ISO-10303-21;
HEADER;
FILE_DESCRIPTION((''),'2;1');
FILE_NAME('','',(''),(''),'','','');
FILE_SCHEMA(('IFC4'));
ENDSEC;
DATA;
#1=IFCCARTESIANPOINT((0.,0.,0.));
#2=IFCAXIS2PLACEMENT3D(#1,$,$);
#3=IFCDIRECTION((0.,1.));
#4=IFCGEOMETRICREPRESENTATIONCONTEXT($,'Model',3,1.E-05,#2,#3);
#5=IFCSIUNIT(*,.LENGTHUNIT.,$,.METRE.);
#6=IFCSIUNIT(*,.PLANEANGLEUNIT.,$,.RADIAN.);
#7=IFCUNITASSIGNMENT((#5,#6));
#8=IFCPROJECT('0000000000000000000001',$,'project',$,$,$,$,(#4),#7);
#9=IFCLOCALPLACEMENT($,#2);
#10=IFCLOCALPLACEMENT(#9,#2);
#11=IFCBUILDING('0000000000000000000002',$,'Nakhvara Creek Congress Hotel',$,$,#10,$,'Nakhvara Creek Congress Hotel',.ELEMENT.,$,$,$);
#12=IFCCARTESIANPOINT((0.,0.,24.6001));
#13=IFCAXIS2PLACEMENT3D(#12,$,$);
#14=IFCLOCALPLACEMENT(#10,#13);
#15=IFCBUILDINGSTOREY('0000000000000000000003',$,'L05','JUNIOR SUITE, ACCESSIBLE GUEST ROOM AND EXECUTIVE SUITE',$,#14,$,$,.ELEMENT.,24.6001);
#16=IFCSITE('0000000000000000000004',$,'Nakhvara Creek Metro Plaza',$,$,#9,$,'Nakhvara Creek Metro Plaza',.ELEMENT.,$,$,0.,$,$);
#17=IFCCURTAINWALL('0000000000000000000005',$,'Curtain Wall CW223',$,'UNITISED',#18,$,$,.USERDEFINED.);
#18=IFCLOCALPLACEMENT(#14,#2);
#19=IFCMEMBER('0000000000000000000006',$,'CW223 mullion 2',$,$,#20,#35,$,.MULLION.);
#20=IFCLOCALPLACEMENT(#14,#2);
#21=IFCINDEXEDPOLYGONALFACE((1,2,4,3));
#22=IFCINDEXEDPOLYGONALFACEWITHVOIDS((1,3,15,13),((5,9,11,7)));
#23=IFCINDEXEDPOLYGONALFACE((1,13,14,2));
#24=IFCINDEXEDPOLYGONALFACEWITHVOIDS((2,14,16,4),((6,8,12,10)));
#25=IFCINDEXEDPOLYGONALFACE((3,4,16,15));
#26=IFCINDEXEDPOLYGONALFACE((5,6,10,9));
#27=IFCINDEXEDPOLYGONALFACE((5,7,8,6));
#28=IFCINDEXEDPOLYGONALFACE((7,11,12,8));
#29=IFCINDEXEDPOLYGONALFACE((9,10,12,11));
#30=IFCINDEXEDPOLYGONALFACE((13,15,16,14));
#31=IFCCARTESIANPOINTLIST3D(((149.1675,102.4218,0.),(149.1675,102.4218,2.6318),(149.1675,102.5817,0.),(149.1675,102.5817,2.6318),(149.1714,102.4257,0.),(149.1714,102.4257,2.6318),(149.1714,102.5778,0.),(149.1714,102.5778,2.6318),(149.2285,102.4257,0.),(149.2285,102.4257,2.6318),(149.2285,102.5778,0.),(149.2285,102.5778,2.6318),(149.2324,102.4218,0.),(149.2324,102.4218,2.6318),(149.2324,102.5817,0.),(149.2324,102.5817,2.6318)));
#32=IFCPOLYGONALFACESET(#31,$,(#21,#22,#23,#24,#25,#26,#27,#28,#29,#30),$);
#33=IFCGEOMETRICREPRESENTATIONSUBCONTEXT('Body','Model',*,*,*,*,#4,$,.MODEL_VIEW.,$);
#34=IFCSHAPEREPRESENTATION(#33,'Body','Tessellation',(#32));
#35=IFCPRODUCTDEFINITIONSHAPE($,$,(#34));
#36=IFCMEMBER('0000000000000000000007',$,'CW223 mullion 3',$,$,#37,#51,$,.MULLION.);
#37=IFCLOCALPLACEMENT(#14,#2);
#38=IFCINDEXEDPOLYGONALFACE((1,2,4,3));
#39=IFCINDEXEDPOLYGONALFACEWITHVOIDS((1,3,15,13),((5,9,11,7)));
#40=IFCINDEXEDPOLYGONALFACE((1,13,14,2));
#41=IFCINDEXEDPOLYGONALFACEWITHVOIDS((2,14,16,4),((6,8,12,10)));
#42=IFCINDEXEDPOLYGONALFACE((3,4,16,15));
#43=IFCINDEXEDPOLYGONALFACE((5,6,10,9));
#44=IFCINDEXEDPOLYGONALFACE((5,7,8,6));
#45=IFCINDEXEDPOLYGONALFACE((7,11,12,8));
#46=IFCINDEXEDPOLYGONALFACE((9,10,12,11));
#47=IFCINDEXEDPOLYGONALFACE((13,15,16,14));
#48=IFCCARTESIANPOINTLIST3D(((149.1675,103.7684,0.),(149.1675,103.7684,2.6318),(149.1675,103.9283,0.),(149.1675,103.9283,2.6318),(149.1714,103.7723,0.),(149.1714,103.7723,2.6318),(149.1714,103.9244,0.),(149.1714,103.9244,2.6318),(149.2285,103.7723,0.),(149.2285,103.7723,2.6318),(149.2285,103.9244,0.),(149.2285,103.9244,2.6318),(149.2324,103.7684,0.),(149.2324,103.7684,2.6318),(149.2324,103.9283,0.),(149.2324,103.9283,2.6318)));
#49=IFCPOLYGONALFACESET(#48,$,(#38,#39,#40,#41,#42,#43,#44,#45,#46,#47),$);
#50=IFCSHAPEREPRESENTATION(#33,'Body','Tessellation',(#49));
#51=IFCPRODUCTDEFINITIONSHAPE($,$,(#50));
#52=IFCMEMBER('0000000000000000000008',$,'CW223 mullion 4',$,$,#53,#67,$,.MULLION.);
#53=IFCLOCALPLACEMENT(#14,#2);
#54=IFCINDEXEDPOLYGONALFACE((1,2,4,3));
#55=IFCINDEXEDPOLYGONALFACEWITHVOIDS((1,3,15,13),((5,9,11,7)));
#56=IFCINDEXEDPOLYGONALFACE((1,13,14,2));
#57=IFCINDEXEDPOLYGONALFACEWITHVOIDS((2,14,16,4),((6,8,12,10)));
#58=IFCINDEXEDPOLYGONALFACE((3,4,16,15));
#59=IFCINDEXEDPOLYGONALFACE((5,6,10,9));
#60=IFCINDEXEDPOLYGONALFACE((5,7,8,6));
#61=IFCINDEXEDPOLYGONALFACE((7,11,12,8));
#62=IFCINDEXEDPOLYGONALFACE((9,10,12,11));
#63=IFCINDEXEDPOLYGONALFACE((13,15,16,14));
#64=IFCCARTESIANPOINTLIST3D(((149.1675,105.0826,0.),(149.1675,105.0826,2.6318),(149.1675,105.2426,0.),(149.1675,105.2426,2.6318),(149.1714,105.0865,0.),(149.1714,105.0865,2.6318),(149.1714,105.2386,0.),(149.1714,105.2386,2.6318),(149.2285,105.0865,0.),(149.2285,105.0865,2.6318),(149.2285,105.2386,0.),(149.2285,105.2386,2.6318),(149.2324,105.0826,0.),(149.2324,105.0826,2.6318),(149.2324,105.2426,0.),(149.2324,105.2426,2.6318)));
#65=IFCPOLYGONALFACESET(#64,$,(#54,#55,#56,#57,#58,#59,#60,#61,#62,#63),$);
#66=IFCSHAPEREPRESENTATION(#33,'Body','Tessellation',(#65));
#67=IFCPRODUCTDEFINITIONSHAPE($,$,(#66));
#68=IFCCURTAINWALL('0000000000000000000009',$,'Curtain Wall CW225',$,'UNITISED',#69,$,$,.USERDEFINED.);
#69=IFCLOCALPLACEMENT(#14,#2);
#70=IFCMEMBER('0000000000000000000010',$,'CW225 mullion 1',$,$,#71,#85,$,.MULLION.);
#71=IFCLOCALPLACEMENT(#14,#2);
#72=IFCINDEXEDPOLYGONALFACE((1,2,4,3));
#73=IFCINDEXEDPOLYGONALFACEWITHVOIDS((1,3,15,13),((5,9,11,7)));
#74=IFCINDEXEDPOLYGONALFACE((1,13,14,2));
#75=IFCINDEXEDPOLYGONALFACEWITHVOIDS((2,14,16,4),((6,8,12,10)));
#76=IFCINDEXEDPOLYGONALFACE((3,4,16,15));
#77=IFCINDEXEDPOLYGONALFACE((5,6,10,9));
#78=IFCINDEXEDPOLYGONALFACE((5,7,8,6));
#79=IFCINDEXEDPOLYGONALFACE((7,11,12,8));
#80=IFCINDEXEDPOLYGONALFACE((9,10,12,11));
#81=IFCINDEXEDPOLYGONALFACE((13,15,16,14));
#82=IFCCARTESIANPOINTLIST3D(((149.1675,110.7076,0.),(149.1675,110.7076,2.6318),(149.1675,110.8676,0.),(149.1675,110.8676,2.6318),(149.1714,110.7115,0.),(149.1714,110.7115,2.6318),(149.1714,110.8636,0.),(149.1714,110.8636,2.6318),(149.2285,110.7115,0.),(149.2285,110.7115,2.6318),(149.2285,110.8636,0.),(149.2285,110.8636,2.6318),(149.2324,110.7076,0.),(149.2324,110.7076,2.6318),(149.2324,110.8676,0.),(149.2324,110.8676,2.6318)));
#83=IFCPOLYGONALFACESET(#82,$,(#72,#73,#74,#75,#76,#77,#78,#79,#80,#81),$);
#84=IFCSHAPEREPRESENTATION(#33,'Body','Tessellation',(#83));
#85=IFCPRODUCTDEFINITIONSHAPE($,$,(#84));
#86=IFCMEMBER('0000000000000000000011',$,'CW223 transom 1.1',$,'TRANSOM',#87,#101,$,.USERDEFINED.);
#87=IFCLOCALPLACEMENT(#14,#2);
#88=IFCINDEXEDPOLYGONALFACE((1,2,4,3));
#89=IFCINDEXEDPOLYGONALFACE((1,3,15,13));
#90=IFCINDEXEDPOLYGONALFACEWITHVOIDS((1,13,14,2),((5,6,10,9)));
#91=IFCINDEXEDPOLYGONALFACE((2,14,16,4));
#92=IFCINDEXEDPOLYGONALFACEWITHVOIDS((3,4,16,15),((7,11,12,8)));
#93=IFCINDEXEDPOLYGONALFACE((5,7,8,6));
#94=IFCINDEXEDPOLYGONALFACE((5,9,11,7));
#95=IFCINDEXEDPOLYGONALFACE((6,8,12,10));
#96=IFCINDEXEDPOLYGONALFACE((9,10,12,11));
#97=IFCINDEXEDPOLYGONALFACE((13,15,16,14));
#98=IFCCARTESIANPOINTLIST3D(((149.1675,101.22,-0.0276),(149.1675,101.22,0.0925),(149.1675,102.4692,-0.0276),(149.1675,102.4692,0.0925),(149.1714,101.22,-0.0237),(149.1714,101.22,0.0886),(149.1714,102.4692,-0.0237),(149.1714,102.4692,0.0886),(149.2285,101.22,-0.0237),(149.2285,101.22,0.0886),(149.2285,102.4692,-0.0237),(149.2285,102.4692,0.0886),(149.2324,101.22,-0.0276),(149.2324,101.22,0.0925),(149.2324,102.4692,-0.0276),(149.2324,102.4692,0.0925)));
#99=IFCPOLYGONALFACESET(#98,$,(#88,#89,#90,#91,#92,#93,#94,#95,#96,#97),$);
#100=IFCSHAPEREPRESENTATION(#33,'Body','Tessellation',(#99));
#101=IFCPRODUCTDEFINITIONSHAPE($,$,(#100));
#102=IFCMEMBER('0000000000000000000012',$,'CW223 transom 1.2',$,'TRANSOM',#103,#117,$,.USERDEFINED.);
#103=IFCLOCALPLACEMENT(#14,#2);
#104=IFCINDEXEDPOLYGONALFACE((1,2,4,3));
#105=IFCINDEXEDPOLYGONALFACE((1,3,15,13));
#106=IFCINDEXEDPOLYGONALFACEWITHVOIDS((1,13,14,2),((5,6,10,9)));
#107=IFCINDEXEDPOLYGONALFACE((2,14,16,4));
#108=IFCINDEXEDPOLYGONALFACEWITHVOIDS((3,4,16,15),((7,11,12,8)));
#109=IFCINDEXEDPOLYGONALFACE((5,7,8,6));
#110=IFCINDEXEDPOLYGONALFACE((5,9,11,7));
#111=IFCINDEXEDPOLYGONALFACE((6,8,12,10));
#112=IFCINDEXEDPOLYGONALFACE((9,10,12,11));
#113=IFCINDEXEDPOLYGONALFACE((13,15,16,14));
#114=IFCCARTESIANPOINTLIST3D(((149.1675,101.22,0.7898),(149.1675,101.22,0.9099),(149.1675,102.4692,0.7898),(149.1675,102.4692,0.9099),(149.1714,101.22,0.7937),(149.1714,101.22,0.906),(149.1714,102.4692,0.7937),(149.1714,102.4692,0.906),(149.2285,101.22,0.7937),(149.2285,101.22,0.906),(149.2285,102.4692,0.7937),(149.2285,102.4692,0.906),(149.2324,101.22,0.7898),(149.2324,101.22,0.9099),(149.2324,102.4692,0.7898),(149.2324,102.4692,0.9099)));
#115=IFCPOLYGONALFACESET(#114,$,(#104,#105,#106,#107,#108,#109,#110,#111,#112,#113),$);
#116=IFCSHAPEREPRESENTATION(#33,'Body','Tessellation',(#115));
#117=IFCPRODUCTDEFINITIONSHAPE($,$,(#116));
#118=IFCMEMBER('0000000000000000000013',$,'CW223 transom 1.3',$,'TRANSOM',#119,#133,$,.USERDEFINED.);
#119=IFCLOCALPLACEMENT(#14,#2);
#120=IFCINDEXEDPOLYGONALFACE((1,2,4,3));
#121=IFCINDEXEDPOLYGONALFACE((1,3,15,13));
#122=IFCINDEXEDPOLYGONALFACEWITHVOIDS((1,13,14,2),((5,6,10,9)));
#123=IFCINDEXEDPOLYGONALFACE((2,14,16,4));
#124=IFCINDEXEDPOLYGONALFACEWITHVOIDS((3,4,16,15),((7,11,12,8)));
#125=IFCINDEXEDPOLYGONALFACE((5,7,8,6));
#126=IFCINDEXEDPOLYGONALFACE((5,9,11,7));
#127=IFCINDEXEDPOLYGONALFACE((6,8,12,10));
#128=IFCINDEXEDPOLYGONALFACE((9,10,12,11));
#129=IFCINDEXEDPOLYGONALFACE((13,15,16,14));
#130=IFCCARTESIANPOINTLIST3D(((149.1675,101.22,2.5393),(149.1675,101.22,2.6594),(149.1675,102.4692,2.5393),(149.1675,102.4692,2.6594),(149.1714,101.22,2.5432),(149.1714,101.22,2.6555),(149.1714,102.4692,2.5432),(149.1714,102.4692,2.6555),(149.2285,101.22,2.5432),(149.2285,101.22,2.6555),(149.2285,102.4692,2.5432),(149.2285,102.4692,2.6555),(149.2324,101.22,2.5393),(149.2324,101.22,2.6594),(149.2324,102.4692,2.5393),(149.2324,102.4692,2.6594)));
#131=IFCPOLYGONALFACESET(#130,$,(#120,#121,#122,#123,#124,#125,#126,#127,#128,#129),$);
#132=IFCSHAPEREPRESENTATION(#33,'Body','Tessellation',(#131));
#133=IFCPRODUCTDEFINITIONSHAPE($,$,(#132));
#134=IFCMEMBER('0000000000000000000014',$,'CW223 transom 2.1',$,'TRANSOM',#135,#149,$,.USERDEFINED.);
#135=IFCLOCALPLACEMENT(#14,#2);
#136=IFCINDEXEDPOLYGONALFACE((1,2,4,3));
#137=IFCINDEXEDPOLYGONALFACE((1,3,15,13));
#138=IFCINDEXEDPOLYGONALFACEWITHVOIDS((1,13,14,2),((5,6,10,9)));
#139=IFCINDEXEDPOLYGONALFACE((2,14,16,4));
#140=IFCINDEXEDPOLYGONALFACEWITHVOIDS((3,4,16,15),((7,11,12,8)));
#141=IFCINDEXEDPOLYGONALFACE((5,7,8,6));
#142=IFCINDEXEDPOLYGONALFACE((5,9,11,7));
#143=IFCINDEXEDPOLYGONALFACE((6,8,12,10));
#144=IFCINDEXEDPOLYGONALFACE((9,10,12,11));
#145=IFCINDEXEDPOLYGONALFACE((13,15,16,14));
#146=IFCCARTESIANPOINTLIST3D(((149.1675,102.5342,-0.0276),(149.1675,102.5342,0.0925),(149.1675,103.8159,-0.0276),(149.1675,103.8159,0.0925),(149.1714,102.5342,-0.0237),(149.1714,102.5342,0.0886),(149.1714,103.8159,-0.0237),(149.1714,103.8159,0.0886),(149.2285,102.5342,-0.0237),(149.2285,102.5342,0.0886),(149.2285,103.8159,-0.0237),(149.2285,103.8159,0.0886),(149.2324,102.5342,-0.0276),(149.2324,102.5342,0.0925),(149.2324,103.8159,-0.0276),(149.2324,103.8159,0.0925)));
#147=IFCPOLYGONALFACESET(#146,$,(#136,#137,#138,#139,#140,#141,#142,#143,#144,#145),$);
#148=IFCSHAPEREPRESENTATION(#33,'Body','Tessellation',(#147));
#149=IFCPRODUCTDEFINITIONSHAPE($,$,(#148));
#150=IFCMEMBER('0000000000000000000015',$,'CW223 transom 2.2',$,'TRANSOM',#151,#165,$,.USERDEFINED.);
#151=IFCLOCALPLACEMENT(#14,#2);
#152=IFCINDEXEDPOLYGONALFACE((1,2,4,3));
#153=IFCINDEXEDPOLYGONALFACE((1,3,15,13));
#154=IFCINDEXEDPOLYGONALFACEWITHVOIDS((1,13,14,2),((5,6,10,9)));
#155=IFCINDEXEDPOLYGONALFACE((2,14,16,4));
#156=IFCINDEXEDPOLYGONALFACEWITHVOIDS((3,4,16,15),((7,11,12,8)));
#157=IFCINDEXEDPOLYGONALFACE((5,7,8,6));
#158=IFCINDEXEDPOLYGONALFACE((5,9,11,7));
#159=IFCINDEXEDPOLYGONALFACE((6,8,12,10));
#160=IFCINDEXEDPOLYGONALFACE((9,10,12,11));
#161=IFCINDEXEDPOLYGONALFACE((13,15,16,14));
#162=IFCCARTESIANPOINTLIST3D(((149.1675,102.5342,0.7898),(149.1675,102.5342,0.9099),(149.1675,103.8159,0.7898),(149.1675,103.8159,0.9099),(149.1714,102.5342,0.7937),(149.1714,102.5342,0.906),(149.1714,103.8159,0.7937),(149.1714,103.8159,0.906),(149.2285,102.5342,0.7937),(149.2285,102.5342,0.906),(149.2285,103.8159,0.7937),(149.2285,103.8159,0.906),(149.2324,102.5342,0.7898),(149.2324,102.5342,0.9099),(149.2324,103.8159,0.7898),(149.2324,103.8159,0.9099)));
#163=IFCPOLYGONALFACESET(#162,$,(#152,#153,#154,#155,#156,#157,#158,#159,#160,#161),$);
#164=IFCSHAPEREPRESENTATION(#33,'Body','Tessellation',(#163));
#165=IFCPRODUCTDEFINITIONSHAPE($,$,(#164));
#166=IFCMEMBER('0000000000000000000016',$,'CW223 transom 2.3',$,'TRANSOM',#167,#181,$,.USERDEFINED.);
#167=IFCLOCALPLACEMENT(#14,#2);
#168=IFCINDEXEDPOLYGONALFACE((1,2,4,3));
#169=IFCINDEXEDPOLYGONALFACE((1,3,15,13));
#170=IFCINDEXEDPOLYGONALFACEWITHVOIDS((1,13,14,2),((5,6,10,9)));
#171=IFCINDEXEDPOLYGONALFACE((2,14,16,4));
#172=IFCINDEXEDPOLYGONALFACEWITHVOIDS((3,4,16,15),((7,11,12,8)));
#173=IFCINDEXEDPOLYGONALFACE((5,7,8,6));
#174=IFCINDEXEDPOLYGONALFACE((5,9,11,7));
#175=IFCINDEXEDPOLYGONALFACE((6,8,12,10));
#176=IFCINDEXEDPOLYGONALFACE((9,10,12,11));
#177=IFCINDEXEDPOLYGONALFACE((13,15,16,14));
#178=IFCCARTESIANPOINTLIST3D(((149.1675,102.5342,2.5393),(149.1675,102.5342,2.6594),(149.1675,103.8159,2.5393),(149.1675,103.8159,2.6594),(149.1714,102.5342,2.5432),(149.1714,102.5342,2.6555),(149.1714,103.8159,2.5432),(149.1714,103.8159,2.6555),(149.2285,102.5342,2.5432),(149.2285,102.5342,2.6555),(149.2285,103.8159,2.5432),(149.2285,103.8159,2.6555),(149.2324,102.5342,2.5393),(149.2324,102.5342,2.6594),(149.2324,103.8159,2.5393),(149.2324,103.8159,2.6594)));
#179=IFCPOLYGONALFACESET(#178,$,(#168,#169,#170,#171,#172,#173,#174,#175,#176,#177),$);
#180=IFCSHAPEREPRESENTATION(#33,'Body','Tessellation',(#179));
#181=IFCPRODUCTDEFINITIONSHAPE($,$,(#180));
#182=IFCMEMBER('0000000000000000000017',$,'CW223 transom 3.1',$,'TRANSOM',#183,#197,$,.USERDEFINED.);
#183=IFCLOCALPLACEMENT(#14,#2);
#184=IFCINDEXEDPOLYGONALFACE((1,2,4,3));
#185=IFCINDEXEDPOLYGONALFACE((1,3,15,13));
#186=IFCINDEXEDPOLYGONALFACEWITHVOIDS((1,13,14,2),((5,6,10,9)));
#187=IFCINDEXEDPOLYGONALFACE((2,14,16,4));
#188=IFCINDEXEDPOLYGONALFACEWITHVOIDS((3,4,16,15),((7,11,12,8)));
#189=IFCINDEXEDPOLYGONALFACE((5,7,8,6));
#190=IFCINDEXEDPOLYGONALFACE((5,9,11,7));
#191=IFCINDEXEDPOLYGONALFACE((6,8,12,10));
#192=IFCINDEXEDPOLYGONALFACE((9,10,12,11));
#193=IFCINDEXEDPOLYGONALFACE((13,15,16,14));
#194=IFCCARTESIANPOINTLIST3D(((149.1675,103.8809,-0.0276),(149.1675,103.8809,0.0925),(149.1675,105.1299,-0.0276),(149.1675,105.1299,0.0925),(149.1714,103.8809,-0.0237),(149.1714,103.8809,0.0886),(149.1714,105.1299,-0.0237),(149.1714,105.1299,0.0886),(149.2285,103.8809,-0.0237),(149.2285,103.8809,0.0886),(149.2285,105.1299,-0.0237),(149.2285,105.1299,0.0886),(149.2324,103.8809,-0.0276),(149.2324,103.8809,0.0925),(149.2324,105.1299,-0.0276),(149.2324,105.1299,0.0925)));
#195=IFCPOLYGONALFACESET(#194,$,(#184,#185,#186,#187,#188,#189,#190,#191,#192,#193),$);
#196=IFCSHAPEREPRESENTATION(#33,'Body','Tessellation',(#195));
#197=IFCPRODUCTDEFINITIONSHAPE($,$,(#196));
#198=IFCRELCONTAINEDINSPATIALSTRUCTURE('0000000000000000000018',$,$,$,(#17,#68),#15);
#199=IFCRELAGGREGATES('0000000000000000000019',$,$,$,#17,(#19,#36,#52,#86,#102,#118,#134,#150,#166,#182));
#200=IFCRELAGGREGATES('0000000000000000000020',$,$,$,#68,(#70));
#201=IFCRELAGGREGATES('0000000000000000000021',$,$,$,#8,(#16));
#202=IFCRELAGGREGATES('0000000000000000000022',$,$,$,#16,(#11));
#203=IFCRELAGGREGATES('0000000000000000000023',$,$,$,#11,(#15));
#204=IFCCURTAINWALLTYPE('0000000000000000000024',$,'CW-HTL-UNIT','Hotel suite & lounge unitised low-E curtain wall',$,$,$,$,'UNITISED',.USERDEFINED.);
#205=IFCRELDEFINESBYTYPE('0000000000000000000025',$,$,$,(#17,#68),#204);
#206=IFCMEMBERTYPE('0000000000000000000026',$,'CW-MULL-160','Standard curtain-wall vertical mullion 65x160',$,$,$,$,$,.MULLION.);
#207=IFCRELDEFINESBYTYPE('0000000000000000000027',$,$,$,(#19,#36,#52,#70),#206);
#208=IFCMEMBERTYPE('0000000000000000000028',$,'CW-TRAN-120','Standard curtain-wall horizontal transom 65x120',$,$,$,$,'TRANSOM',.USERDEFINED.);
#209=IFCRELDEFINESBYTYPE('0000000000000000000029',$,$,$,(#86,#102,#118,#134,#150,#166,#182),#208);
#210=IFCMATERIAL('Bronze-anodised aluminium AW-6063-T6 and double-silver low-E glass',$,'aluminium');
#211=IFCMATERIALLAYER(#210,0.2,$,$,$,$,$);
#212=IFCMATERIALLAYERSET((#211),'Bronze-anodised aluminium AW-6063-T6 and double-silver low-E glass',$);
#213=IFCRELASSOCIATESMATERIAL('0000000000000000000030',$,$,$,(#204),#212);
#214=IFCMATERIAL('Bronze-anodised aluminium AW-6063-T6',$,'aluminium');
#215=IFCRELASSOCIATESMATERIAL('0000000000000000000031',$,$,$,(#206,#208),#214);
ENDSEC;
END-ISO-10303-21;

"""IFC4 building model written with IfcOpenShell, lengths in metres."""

from ifc_helpers import new_model, si_unit, direction, frame, origin, origin_2d, place, context, subcontext, project, spatial, hollow_rectangle, extrude, material, layer, layer_set, material_profile, profile_set, type_object, element, aggregate, save


model = new_model("IFC4")

# Units and contexts
model_context = context("Model", 3, precision=1e-05, world=origin(), true_north=direction((0.0, 1.0)))
body_context = subcontext(model_context, "Body", "Model", "MODEL_VIEW")
ifc_project = project(units=[si_unit("LENGTHUNIT", "METRE"), si_unit("PLANEANGLEUNIT", "RADIAN")], contexts=[model_context])

# Site, building, storey
site_placement = place(None, origin())
site = spatial("IfcSite", under=ifc_project, at=site_placement, Name="Nakhvara Creek Metro Plaza", LongName="Nakhvara Creek Metro Plaza", CompositionType="ELEMENT", RefElevation=0.0)
building_placement = place(site_placement, origin())
building = spatial("IfcBuilding", under=site, at=building_placement, Name="Nakhvara Creek Congress Hotel", LongName="Nakhvara Creek Congress Hotel", CompositionType="ELEMENT")
storey_placement = place(building_placement, frame((0.0, 0.0, 24.6001)))
storey = spatial("IfcBuildingStorey", under=building, at=storey_placement, Name="L05", Description="JUNIOR SUITE, ACCESSIBLE GUEST ROOM AND EXECUTIVE SUITE", CompositionType="ELEMENT", Elevation=24.6001)

# Curtain wall, members
ifc_material_1 = material(Name="Bronze-anodised aluminium AW-6063-T6 and double-silver low-E glass", Category="aluminium")
ifc_layer_1 = layer(ifc_material_1, 0.2)
ifc_layer_set_1 = layer_set([ifc_layer_1], Name="Bronze-anodised aluminium AW-6063-T6 and double-silver low-E glass")
curtain_wall_type = type_object("IfcCurtainWallType", Name="CW-HTL-UNIT", Description="Hotel suite & lounge unitised low-E curtain wall", ElementType="UNITISED", PredefinedType="USERDEFINED", material=ifc_layer_set_1)
curtain_wall_1_placement = place(storey_placement, origin())
curtain_wall_1 = element("IfcCurtainWall", 1, at=curtain_wall_1_placement, inside=storey, type_object=curtain_wall_type, Name="Curtain Wall CW223", ObjectType="UNITISED", PredefinedType="USERDEFINED")
ifc_material_2 = material(Name="Bronze-anodised aluminium AW-6063-T6", Category="aluminium")
ifc_material_profile_1 = material_profile(ifc_material_2, hollow_rectangle(XDim=0.0649, YDim=0.1599, WallThickness=0.0039, at=origin_2d()), Name="ALU-MULL 65x160x4", Category="LoadBearing")
ifc_profile_set_1 = profile_set([ifc_material_profile_1], Name="Bronze-anodised aluminium AW-6063-T6")
member_type_1 = type_object("IfcMemberType", Name="CW-MULL-160", Description="Standard curtain-wall vertical mullion 65x160", PredefinedType="MULLION", material=ifc_profile_set_1)
member_1_placement = place(storey_placement, frame((149.2, 102.5017, 0.0), z_axis=(0.0, 0.0, 1.0), x_axis=(-1.0, 0.0, 0.0)))
member_1 = element("IfcMember", 2, at=member_1_placement, type_object=member_type_1, Name="CW223 mullion 2", PredefinedType="MULLION", context=body_context, shape_type="SweptSolid", body=[
    extrude(hollow_rectangle(XDim=0.0649, YDim=0.1599, WallThickness=0.0039, at=origin_2d()), origin(), (0.0, 0.0, 1.0), 2.6318),
])
member_2_placement = place(storey_placement, frame((149.2, 103.8484, 0.0), z_axis=(0.0, 0.0, 1.0), x_axis=(-1.0, 0.0, 0.0)))
member_2 = element("IfcMember", 3, at=member_2_placement, type_object=member_type_1, Name="CW223 mullion 3", PredefinedType="MULLION", context=body_context, shape_type="SweptSolid", body=[
    extrude(hollow_rectangle(XDim=0.0649, YDim=0.1599, WallThickness=0.0039, at=origin_2d()), origin(), (0.0, 0.0, 1.0), 2.6318),
])
member_3_placement = place(storey_placement, frame((149.2, 105.1626, 0.0), z_axis=(0.0, 0.0, 1.0), x_axis=(-1.0, 0.0, 0.0)))
member_3 = element("IfcMember", 4, at=member_3_placement, type_object=member_type_1, Name="CW223 mullion 4", PredefinedType="MULLION", context=body_context, shape_type="SweptSolid", body=[
    extrude(hollow_rectangle(XDim=0.0649, YDim=0.1599, WallThickness=0.0039, at=origin_2d()), origin(), (0.0, 0.0, 1.0), 2.6318),
])

# Curtain wall, member
curtain_wall_2_placement = place(storey_placement, origin())
curtain_wall_2 = element("IfcCurtainWall", 5, at=curtain_wall_2_placement, inside=storey, type_object=curtain_wall_type, Name="Curtain Wall CW225", ObjectType="UNITISED", PredefinedType="USERDEFINED")
member_4_placement = place(storey_placement, frame((149.2, 110.7876, 0.0), z_axis=(0.0, 0.0, 1.0), x_axis=(-1.0, 0.0, 0.0)))
member_4 = element("IfcMember", 6, at=member_4_placement, type_object=member_type_1, Name="CW225 mullion 1", PredefinedType="MULLION", context=body_context, shape_type="SweptSolid", body=[
    extrude(hollow_rectangle(XDim=0.0649, YDim=0.1599, WallThickness=0.0039, at=origin_2d()), origin(), (0.0, 0.0, 1.0), 2.6318),
])

# Members
ifc_material_profile_2 = material_profile(ifc_material_2, hollow_rectangle(XDim=0.0649, YDim=0.1201, WallThickness=0.0039, at=origin_2d()), Name="ALU-TRAN 65x120x4", Category="LoadBearing")
ifc_profile_set_2 = profile_set([ifc_material_profile_2], Name="Bronze-anodised aluminium AW-6063-T6")
member_type_2 = type_object("IfcMemberType", Name="CW-TRAN-120", Description="Standard curtain-wall horizontal transom 65x120", ElementType="TRANSOM", PredefinedType="USERDEFINED", material=ifc_profile_set_2)
member_5_placement = place(storey_placement, frame((149.2, 101.22, 0.0325), z_axis=(0.0, 1.0, 0.0), x_axis=(-1.0, 0.0, 0.0)))
member_5 = element("IfcMember", 7, at=member_5_placement, type_object=member_type_2, Name="CW223 transom 1.1", ObjectType="TRANSOM", PredefinedType="USERDEFINED", context=body_context, shape_type="SweptSolid", body=[
    extrude(hollow_rectangle(XDim=0.0649, YDim=0.1201, WallThickness=0.0039, at=origin_2d()), origin(), (0.0, 0.0, 1.0), 1.2493),
])
member_6_placement = place(storey_placement, frame((149.2, 101.22, 0.8499), z_axis=(0.0, 1.0, 0.0), x_axis=(-1.0, 0.0, 0.0)))
member_6 = element("IfcMember", 8, at=member_6_placement, type_object=member_type_2, Name="CW223 transom 1.2", ObjectType="TRANSOM", PredefinedType="USERDEFINED", context=body_context, shape_type="SweptSolid", body=[
    extrude(hollow_rectangle(XDim=0.0649, YDim=0.1201, WallThickness=0.0039, at=origin_2d()), origin(), (0.0, 0.0, 1.0), 1.2493),
])
member_7_placement = place(storey_placement, frame((149.2, 101.22, 2.5994), z_axis=(0.0, 1.0, 0.0), x_axis=(-1.0, 0.0, 0.0)))
member_7 = element("IfcMember", 9, at=member_7_placement, type_object=member_type_2, Name="CW223 transom 1.3", ObjectType="TRANSOM", PredefinedType="USERDEFINED", context=body_context, shape_type="SweptSolid", body=[
    extrude(hollow_rectangle(XDim=0.0649, YDim=0.1201, WallThickness=0.0039, at=origin_2d()), origin(), (0.0, 0.0, 1.0), 1.2493),
])
member_8_placement = place(storey_placement, frame((149.2, 102.5342, 0.0325), z_axis=(0.0, 1.0, 0.0), x_axis=(-1.0, 0.0, 0.0)))
member_8 = element("IfcMember", 10, at=member_8_placement, type_object=member_type_2, Name="CW223 transom 2.1", ObjectType="TRANSOM", PredefinedType="USERDEFINED", context=body_context, shape_type="SweptSolid", body=[
    extrude(hollow_rectangle(XDim=0.0649, YDim=0.1201, WallThickness=0.0039, at=origin_2d()), origin(), (0.0, 0.0, 1.0), 1.2817),
])
member_9_placement = place(storey_placement, frame((149.2, 102.5342, 0.8499), z_axis=(0.0, 1.0, 0.0), x_axis=(-1.0, 0.0, 0.0)))
member_9 = element("IfcMember", 11, at=member_9_placement, type_object=member_type_2, Name="CW223 transom 2.2", ObjectType="TRANSOM", PredefinedType="USERDEFINED", context=body_context, shape_type="SweptSolid", body=[
    extrude(hollow_rectangle(XDim=0.0649, YDim=0.1201, WallThickness=0.0039, at=origin_2d()), origin(), (0.0, 0.0, 1.0), 1.2817),
])
member_10_placement = place(storey_placement, frame((149.2, 102.5342, 2.5994), z_axis=(0.0, 1.0, 0.0), x_axis=(-1.0, 0.0, 0.0)))
member_10 = element("IfcMember", 12, at=member_10_placement, type_object=member_type_2, Name="CW223 transom 2.3", ObjectType="TRANSOM", PredefinedType="USERDEFINED", context=body_context, shape_type="SweptSolid", body=[
    extrude(hollow_rectangle(XDim=0.0649, YDim=0.1201, WallThickness=0.0039, at=origin_2d()), origin(), (0.0, 0.0, 1.0), 1.2817),
])
member_11_placement = place(storey_placement, frame((149.2, 103.8809, 0.0325), z_axis=(0.0, 1.0, 0.0), x_axis=(-1.0, 0.0, 0.0)))
member_11 = element("IfcMember", 13, at=member_11_placement, type_object=member_type_2, Name="CW223 transom 3.1", ObjectType="TRANSOM", PredefinedType="USERDEFINED", context=body_context, shape_type="SweptSolid", body=[
    extrude(hollow_rectangle(XDim=0.0649, YDim=0.1201, WallThickness=0.0039, at=origin_2d()), origin(), (0.0, 0.0, 1.0), 1.249),
])

aggregate(curtain_wall_1, [member_1, member_2, member_3, member_5, member_6, member_7, member_8, member_9, member_10, member_11])
aggregate(curtain_wall_2, [member_4])

save(model, "model.ifc")
